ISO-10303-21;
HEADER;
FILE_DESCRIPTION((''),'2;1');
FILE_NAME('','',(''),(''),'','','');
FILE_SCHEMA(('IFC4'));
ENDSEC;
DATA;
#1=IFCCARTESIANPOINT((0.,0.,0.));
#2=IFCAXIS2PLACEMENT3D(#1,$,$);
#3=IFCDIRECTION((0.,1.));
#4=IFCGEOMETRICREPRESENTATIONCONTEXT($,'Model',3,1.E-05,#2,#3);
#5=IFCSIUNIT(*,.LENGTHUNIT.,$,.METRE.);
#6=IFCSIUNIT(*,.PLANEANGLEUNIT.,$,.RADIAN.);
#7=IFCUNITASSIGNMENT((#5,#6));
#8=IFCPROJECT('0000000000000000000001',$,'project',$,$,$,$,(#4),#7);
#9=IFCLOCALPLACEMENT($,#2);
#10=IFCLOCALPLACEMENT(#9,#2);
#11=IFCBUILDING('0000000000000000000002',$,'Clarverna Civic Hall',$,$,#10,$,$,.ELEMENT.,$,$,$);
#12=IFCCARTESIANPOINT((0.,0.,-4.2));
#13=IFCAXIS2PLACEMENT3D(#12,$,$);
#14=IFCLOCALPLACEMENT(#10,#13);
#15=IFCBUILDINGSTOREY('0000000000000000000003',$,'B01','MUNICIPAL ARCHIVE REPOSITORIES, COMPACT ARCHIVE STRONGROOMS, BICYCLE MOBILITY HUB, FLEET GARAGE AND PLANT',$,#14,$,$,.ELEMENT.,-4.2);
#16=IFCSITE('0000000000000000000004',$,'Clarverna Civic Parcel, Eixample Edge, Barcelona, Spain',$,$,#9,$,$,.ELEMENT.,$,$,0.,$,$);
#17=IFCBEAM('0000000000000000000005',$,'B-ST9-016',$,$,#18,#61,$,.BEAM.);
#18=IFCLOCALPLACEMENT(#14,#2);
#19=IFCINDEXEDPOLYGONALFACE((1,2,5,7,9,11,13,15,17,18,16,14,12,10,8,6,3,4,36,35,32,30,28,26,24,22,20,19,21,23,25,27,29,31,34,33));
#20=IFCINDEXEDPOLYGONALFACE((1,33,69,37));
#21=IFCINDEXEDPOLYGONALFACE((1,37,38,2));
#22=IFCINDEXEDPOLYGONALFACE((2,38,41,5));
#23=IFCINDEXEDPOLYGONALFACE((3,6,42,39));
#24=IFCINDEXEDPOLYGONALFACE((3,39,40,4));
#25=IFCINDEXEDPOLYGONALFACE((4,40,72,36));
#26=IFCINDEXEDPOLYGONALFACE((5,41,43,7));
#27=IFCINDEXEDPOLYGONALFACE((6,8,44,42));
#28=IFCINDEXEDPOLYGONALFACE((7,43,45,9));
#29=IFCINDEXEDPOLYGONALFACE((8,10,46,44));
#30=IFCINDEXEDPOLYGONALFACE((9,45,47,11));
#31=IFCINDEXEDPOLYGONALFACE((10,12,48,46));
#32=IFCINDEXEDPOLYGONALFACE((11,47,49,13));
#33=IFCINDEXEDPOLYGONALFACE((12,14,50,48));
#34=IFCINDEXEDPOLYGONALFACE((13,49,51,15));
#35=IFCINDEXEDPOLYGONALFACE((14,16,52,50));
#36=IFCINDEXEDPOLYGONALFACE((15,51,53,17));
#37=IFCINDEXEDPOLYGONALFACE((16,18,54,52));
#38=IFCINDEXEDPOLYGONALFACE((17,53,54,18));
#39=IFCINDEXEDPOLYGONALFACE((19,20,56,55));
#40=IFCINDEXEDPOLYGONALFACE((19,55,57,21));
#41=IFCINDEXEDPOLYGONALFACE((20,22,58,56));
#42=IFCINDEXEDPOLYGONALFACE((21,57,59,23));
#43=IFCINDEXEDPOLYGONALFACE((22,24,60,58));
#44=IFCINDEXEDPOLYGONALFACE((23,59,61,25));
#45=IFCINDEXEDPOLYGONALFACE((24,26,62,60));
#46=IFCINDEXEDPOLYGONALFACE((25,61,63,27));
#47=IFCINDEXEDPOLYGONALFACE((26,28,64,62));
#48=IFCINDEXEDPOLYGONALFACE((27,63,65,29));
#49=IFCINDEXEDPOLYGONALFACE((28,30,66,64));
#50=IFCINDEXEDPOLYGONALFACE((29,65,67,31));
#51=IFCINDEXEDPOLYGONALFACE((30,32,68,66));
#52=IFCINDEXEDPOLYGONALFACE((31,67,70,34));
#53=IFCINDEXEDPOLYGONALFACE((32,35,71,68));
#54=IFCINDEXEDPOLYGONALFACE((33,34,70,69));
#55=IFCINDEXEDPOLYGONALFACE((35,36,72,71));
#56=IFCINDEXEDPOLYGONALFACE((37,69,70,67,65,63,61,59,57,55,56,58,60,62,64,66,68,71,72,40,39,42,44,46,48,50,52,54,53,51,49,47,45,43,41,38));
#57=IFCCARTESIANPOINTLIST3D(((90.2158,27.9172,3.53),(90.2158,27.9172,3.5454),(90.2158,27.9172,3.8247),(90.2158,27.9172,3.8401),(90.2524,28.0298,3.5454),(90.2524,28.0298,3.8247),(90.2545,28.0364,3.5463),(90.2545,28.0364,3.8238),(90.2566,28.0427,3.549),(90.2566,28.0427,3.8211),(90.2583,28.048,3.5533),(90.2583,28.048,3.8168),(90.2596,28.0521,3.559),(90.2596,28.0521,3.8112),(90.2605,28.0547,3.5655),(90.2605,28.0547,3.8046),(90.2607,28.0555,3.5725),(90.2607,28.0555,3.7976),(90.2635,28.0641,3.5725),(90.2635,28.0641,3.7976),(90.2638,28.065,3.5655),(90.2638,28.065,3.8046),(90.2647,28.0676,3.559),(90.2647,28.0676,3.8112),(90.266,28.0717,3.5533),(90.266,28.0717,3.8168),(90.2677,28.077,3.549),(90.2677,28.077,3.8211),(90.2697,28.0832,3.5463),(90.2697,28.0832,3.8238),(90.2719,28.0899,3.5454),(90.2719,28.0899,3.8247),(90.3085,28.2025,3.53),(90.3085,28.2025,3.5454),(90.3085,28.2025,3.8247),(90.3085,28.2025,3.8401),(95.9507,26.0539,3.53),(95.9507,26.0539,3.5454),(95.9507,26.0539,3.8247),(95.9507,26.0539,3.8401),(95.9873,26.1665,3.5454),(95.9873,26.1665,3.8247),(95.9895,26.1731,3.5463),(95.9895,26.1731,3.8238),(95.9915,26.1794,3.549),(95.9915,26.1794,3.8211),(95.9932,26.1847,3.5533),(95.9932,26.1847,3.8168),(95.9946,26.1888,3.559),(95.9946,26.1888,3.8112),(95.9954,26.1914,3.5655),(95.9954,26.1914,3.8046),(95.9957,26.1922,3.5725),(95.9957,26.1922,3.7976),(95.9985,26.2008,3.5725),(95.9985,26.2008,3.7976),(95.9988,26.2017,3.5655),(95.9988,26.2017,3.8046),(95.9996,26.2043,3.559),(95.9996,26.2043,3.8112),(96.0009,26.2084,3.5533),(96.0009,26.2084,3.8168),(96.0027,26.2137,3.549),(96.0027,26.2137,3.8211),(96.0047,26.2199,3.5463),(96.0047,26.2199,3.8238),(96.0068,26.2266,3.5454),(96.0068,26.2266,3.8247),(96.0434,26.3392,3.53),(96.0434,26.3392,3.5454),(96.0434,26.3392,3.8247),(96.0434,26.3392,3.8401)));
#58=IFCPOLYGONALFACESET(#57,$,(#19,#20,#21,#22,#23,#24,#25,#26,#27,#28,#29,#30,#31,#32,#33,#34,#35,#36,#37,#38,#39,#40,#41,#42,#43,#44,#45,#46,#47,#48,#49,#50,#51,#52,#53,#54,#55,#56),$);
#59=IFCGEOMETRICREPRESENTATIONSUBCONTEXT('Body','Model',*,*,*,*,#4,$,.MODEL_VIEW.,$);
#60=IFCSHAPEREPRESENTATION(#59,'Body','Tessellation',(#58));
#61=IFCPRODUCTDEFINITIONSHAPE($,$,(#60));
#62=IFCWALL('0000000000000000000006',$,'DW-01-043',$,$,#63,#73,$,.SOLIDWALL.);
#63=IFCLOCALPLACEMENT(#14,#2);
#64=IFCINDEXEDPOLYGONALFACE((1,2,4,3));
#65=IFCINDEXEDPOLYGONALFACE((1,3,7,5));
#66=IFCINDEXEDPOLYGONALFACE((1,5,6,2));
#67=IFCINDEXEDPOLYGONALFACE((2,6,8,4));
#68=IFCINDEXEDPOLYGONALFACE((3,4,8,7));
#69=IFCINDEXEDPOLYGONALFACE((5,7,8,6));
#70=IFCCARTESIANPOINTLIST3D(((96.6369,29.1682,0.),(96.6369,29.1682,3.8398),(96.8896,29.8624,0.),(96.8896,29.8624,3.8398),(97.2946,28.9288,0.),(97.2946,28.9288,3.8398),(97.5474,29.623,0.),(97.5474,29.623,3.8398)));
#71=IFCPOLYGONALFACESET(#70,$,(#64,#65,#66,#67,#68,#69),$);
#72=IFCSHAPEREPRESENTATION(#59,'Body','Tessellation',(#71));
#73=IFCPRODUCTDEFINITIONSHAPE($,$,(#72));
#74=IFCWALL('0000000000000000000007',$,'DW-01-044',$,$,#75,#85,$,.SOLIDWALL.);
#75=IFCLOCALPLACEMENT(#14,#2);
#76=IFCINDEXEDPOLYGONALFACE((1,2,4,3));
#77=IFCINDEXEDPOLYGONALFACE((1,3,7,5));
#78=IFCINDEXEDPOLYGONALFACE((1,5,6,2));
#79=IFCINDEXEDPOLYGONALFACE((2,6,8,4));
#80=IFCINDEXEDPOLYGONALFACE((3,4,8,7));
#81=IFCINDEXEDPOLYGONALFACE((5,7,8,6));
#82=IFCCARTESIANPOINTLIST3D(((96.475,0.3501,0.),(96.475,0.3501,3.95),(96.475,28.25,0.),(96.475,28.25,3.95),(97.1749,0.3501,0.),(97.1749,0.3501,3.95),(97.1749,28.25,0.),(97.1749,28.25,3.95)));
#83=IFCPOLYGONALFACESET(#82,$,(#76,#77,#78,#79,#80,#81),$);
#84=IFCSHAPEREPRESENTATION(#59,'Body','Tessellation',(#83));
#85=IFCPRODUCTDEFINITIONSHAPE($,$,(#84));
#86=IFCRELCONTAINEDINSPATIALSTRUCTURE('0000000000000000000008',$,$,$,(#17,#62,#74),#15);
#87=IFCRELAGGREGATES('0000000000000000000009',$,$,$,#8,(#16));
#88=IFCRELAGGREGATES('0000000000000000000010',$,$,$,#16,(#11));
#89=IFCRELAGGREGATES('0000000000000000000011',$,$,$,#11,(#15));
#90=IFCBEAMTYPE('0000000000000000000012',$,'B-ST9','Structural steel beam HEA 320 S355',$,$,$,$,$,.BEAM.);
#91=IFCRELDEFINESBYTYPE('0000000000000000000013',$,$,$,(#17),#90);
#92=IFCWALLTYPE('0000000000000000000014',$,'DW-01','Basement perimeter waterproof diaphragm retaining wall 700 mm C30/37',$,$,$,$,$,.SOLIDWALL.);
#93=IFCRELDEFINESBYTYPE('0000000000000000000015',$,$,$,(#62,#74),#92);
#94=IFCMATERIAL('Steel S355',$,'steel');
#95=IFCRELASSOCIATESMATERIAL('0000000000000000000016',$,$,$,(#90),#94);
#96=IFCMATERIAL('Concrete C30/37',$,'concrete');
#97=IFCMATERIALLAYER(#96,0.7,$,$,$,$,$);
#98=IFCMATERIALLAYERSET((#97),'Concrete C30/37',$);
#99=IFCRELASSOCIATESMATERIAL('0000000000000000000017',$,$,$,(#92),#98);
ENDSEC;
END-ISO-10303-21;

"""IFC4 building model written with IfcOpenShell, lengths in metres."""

from ifc_helpers import new_model, si_unit, direction, frame, frame_2d, origin, origin_2d, place, context, subcontext, project, spatial, rectangle, i_section, extrude, material, layer, layer_set, material_profile, profile_set, type_object, element, save


model = new_model("IFC4")

# Units and contexts
model_context = context("Model", 3, precision=1e-05, world=origin(), true_north=direction((0.0, 1.0)))
body_context = subcontext(model_context, "Body", "Model", "MODEL_VIEW")
ifc_project = project(units=[si_unit("LENGTHUNIT", "METRE"), si_unit("PLANEANGLEUNIT", "RADIAN")], contexts=[model_context])

# Site, building, storey
site_placement = place(None, origin())
site = spatial("IfcSite", under=ifc_project, at=site_placement, Name="Clarverna Civic Parcel, Eixample Edge, Barcelona, Spain", CompositionType="ELEMENT", RefElevation=0.0)
building_placement = place(site_placement, origin())
building = spatial("IfcBuilding", under=site, at=building_placement, Name="Clarverna Civic Hall", CompositionType="ELEMENT")
storey_placement = place(building_placement, frame((0.0, 0.0, -4.2)))
storey = spatial("IfcBuildingStorey", under=building, at=storey_placement, Name="B01", Description="MUNICIPAL ARCHIVE REPOSITORIES, COMPACT ARCHIVE STRONGROOMS, BICYCLE MOBILITY HUB, FLEET GARAGE AND PLANT", CompositionType="ELEMENT", Elevation=-4.2)

# Shared definitions
ifc_material_1 = material(Name="Concrete C30/37", Category="concrete")

# Beam
ifc_material_2 = material(Name="Steel S355", Category="steel")
ifc_material_profile_1 = material_profile(ifc_material_2, i_section(OverallWidth=0.3, OverallDepth=0.3101, WebThickness=0.009, FlangeThickness=0.0154, FilletRadius=0.0271, at=origin_2d()), Name="HEA 320")
ifc_profile_set_1 = profile_set([ifc_material_profile_1], Name="Steel S355")
beam_type_1 = type_object("IfcBeamType", Name="B-ST9", Description="Structural steel beam HEA 320 S355", PredefinedType="BEAM", material=ifc_profile_set_1)
beam_1_placement = place(storey_placement, frame((95.9971, 26.1965, 3.6851), z_axis=(-0.951061, 0.309004, 0.0), x_axis=(-0.309004, -0.951061, 0.0)))
element("IfcBeam", 1, at=beam_1_placement, inside=storey, type_object=beam_type_1, Name="B-ST9-016", PredefinedType="BEAM", context=body_context, shape_type="SweptSolid", body=[
    extrude(i_section(OverallWidth=0.3, OverallDepth=0.3101, WebThickness=0.009, FlangeThickness=0.0154, FilletRadius=0.0271, at=origin_2d()), origin(), (0.0, 0.0, 1.0), 6.03),
])

# Walls
ifc_layer = layer(ifc_material_1, 0.7)
ifc_layer_set = layer_set([ifc_layer], Name="Concrete C30/37")
wall_type = type_object("IfcWallType", Name="DW-01", Description="Basement perimeter waterproof diaphragm retaining wall 700 mm C30/37", PredefinedType="SOLIDWALL", material=ifc_layer_set)
wall_1_placement = place(storey_placement, frame((97.2185, 29.7427, 0.0), z_axis=(0.0, 0.0, 1.0), x_axis=(-0.342088, -0.939668, 0.0)))
element("IfcWall", 2, at=wall_1_placement, inside=storey, type_object=wall_type, Name="DW-01-043", PredefinedType="SOLIDWALL", context=body_context, shape_type="SweptSolid", body=[
    extrude(rectangle(XDim=0.7388, YDim=0.7, at=frame_2d((0.3694, 0.0))), origin(), (0.0, 0.0, 1.0), 3.8398),
])
wall_2_placement = place(storey_placement, frame((96.825, 28.25, 0.0), z_axis=(0.0, 0.0, 1.0), x_axis=(0.0, -1.0, 0.0)))
element("IfcWall", 3, at=wall_2_placement, inside=storey, type_object=wall_type, Name="DW-01-044", PredefinedType="SOLIDWALL", context=body_context, shape_type="SweptSolid", body=[
    extrude(rectangle(XDim=27.8999, YDim=0.7, at=frame_2d((13.95, 0.0))), origin(), (0.0, 0.0, 1.0), 3.95),
])

save(model, "model.ifc")
